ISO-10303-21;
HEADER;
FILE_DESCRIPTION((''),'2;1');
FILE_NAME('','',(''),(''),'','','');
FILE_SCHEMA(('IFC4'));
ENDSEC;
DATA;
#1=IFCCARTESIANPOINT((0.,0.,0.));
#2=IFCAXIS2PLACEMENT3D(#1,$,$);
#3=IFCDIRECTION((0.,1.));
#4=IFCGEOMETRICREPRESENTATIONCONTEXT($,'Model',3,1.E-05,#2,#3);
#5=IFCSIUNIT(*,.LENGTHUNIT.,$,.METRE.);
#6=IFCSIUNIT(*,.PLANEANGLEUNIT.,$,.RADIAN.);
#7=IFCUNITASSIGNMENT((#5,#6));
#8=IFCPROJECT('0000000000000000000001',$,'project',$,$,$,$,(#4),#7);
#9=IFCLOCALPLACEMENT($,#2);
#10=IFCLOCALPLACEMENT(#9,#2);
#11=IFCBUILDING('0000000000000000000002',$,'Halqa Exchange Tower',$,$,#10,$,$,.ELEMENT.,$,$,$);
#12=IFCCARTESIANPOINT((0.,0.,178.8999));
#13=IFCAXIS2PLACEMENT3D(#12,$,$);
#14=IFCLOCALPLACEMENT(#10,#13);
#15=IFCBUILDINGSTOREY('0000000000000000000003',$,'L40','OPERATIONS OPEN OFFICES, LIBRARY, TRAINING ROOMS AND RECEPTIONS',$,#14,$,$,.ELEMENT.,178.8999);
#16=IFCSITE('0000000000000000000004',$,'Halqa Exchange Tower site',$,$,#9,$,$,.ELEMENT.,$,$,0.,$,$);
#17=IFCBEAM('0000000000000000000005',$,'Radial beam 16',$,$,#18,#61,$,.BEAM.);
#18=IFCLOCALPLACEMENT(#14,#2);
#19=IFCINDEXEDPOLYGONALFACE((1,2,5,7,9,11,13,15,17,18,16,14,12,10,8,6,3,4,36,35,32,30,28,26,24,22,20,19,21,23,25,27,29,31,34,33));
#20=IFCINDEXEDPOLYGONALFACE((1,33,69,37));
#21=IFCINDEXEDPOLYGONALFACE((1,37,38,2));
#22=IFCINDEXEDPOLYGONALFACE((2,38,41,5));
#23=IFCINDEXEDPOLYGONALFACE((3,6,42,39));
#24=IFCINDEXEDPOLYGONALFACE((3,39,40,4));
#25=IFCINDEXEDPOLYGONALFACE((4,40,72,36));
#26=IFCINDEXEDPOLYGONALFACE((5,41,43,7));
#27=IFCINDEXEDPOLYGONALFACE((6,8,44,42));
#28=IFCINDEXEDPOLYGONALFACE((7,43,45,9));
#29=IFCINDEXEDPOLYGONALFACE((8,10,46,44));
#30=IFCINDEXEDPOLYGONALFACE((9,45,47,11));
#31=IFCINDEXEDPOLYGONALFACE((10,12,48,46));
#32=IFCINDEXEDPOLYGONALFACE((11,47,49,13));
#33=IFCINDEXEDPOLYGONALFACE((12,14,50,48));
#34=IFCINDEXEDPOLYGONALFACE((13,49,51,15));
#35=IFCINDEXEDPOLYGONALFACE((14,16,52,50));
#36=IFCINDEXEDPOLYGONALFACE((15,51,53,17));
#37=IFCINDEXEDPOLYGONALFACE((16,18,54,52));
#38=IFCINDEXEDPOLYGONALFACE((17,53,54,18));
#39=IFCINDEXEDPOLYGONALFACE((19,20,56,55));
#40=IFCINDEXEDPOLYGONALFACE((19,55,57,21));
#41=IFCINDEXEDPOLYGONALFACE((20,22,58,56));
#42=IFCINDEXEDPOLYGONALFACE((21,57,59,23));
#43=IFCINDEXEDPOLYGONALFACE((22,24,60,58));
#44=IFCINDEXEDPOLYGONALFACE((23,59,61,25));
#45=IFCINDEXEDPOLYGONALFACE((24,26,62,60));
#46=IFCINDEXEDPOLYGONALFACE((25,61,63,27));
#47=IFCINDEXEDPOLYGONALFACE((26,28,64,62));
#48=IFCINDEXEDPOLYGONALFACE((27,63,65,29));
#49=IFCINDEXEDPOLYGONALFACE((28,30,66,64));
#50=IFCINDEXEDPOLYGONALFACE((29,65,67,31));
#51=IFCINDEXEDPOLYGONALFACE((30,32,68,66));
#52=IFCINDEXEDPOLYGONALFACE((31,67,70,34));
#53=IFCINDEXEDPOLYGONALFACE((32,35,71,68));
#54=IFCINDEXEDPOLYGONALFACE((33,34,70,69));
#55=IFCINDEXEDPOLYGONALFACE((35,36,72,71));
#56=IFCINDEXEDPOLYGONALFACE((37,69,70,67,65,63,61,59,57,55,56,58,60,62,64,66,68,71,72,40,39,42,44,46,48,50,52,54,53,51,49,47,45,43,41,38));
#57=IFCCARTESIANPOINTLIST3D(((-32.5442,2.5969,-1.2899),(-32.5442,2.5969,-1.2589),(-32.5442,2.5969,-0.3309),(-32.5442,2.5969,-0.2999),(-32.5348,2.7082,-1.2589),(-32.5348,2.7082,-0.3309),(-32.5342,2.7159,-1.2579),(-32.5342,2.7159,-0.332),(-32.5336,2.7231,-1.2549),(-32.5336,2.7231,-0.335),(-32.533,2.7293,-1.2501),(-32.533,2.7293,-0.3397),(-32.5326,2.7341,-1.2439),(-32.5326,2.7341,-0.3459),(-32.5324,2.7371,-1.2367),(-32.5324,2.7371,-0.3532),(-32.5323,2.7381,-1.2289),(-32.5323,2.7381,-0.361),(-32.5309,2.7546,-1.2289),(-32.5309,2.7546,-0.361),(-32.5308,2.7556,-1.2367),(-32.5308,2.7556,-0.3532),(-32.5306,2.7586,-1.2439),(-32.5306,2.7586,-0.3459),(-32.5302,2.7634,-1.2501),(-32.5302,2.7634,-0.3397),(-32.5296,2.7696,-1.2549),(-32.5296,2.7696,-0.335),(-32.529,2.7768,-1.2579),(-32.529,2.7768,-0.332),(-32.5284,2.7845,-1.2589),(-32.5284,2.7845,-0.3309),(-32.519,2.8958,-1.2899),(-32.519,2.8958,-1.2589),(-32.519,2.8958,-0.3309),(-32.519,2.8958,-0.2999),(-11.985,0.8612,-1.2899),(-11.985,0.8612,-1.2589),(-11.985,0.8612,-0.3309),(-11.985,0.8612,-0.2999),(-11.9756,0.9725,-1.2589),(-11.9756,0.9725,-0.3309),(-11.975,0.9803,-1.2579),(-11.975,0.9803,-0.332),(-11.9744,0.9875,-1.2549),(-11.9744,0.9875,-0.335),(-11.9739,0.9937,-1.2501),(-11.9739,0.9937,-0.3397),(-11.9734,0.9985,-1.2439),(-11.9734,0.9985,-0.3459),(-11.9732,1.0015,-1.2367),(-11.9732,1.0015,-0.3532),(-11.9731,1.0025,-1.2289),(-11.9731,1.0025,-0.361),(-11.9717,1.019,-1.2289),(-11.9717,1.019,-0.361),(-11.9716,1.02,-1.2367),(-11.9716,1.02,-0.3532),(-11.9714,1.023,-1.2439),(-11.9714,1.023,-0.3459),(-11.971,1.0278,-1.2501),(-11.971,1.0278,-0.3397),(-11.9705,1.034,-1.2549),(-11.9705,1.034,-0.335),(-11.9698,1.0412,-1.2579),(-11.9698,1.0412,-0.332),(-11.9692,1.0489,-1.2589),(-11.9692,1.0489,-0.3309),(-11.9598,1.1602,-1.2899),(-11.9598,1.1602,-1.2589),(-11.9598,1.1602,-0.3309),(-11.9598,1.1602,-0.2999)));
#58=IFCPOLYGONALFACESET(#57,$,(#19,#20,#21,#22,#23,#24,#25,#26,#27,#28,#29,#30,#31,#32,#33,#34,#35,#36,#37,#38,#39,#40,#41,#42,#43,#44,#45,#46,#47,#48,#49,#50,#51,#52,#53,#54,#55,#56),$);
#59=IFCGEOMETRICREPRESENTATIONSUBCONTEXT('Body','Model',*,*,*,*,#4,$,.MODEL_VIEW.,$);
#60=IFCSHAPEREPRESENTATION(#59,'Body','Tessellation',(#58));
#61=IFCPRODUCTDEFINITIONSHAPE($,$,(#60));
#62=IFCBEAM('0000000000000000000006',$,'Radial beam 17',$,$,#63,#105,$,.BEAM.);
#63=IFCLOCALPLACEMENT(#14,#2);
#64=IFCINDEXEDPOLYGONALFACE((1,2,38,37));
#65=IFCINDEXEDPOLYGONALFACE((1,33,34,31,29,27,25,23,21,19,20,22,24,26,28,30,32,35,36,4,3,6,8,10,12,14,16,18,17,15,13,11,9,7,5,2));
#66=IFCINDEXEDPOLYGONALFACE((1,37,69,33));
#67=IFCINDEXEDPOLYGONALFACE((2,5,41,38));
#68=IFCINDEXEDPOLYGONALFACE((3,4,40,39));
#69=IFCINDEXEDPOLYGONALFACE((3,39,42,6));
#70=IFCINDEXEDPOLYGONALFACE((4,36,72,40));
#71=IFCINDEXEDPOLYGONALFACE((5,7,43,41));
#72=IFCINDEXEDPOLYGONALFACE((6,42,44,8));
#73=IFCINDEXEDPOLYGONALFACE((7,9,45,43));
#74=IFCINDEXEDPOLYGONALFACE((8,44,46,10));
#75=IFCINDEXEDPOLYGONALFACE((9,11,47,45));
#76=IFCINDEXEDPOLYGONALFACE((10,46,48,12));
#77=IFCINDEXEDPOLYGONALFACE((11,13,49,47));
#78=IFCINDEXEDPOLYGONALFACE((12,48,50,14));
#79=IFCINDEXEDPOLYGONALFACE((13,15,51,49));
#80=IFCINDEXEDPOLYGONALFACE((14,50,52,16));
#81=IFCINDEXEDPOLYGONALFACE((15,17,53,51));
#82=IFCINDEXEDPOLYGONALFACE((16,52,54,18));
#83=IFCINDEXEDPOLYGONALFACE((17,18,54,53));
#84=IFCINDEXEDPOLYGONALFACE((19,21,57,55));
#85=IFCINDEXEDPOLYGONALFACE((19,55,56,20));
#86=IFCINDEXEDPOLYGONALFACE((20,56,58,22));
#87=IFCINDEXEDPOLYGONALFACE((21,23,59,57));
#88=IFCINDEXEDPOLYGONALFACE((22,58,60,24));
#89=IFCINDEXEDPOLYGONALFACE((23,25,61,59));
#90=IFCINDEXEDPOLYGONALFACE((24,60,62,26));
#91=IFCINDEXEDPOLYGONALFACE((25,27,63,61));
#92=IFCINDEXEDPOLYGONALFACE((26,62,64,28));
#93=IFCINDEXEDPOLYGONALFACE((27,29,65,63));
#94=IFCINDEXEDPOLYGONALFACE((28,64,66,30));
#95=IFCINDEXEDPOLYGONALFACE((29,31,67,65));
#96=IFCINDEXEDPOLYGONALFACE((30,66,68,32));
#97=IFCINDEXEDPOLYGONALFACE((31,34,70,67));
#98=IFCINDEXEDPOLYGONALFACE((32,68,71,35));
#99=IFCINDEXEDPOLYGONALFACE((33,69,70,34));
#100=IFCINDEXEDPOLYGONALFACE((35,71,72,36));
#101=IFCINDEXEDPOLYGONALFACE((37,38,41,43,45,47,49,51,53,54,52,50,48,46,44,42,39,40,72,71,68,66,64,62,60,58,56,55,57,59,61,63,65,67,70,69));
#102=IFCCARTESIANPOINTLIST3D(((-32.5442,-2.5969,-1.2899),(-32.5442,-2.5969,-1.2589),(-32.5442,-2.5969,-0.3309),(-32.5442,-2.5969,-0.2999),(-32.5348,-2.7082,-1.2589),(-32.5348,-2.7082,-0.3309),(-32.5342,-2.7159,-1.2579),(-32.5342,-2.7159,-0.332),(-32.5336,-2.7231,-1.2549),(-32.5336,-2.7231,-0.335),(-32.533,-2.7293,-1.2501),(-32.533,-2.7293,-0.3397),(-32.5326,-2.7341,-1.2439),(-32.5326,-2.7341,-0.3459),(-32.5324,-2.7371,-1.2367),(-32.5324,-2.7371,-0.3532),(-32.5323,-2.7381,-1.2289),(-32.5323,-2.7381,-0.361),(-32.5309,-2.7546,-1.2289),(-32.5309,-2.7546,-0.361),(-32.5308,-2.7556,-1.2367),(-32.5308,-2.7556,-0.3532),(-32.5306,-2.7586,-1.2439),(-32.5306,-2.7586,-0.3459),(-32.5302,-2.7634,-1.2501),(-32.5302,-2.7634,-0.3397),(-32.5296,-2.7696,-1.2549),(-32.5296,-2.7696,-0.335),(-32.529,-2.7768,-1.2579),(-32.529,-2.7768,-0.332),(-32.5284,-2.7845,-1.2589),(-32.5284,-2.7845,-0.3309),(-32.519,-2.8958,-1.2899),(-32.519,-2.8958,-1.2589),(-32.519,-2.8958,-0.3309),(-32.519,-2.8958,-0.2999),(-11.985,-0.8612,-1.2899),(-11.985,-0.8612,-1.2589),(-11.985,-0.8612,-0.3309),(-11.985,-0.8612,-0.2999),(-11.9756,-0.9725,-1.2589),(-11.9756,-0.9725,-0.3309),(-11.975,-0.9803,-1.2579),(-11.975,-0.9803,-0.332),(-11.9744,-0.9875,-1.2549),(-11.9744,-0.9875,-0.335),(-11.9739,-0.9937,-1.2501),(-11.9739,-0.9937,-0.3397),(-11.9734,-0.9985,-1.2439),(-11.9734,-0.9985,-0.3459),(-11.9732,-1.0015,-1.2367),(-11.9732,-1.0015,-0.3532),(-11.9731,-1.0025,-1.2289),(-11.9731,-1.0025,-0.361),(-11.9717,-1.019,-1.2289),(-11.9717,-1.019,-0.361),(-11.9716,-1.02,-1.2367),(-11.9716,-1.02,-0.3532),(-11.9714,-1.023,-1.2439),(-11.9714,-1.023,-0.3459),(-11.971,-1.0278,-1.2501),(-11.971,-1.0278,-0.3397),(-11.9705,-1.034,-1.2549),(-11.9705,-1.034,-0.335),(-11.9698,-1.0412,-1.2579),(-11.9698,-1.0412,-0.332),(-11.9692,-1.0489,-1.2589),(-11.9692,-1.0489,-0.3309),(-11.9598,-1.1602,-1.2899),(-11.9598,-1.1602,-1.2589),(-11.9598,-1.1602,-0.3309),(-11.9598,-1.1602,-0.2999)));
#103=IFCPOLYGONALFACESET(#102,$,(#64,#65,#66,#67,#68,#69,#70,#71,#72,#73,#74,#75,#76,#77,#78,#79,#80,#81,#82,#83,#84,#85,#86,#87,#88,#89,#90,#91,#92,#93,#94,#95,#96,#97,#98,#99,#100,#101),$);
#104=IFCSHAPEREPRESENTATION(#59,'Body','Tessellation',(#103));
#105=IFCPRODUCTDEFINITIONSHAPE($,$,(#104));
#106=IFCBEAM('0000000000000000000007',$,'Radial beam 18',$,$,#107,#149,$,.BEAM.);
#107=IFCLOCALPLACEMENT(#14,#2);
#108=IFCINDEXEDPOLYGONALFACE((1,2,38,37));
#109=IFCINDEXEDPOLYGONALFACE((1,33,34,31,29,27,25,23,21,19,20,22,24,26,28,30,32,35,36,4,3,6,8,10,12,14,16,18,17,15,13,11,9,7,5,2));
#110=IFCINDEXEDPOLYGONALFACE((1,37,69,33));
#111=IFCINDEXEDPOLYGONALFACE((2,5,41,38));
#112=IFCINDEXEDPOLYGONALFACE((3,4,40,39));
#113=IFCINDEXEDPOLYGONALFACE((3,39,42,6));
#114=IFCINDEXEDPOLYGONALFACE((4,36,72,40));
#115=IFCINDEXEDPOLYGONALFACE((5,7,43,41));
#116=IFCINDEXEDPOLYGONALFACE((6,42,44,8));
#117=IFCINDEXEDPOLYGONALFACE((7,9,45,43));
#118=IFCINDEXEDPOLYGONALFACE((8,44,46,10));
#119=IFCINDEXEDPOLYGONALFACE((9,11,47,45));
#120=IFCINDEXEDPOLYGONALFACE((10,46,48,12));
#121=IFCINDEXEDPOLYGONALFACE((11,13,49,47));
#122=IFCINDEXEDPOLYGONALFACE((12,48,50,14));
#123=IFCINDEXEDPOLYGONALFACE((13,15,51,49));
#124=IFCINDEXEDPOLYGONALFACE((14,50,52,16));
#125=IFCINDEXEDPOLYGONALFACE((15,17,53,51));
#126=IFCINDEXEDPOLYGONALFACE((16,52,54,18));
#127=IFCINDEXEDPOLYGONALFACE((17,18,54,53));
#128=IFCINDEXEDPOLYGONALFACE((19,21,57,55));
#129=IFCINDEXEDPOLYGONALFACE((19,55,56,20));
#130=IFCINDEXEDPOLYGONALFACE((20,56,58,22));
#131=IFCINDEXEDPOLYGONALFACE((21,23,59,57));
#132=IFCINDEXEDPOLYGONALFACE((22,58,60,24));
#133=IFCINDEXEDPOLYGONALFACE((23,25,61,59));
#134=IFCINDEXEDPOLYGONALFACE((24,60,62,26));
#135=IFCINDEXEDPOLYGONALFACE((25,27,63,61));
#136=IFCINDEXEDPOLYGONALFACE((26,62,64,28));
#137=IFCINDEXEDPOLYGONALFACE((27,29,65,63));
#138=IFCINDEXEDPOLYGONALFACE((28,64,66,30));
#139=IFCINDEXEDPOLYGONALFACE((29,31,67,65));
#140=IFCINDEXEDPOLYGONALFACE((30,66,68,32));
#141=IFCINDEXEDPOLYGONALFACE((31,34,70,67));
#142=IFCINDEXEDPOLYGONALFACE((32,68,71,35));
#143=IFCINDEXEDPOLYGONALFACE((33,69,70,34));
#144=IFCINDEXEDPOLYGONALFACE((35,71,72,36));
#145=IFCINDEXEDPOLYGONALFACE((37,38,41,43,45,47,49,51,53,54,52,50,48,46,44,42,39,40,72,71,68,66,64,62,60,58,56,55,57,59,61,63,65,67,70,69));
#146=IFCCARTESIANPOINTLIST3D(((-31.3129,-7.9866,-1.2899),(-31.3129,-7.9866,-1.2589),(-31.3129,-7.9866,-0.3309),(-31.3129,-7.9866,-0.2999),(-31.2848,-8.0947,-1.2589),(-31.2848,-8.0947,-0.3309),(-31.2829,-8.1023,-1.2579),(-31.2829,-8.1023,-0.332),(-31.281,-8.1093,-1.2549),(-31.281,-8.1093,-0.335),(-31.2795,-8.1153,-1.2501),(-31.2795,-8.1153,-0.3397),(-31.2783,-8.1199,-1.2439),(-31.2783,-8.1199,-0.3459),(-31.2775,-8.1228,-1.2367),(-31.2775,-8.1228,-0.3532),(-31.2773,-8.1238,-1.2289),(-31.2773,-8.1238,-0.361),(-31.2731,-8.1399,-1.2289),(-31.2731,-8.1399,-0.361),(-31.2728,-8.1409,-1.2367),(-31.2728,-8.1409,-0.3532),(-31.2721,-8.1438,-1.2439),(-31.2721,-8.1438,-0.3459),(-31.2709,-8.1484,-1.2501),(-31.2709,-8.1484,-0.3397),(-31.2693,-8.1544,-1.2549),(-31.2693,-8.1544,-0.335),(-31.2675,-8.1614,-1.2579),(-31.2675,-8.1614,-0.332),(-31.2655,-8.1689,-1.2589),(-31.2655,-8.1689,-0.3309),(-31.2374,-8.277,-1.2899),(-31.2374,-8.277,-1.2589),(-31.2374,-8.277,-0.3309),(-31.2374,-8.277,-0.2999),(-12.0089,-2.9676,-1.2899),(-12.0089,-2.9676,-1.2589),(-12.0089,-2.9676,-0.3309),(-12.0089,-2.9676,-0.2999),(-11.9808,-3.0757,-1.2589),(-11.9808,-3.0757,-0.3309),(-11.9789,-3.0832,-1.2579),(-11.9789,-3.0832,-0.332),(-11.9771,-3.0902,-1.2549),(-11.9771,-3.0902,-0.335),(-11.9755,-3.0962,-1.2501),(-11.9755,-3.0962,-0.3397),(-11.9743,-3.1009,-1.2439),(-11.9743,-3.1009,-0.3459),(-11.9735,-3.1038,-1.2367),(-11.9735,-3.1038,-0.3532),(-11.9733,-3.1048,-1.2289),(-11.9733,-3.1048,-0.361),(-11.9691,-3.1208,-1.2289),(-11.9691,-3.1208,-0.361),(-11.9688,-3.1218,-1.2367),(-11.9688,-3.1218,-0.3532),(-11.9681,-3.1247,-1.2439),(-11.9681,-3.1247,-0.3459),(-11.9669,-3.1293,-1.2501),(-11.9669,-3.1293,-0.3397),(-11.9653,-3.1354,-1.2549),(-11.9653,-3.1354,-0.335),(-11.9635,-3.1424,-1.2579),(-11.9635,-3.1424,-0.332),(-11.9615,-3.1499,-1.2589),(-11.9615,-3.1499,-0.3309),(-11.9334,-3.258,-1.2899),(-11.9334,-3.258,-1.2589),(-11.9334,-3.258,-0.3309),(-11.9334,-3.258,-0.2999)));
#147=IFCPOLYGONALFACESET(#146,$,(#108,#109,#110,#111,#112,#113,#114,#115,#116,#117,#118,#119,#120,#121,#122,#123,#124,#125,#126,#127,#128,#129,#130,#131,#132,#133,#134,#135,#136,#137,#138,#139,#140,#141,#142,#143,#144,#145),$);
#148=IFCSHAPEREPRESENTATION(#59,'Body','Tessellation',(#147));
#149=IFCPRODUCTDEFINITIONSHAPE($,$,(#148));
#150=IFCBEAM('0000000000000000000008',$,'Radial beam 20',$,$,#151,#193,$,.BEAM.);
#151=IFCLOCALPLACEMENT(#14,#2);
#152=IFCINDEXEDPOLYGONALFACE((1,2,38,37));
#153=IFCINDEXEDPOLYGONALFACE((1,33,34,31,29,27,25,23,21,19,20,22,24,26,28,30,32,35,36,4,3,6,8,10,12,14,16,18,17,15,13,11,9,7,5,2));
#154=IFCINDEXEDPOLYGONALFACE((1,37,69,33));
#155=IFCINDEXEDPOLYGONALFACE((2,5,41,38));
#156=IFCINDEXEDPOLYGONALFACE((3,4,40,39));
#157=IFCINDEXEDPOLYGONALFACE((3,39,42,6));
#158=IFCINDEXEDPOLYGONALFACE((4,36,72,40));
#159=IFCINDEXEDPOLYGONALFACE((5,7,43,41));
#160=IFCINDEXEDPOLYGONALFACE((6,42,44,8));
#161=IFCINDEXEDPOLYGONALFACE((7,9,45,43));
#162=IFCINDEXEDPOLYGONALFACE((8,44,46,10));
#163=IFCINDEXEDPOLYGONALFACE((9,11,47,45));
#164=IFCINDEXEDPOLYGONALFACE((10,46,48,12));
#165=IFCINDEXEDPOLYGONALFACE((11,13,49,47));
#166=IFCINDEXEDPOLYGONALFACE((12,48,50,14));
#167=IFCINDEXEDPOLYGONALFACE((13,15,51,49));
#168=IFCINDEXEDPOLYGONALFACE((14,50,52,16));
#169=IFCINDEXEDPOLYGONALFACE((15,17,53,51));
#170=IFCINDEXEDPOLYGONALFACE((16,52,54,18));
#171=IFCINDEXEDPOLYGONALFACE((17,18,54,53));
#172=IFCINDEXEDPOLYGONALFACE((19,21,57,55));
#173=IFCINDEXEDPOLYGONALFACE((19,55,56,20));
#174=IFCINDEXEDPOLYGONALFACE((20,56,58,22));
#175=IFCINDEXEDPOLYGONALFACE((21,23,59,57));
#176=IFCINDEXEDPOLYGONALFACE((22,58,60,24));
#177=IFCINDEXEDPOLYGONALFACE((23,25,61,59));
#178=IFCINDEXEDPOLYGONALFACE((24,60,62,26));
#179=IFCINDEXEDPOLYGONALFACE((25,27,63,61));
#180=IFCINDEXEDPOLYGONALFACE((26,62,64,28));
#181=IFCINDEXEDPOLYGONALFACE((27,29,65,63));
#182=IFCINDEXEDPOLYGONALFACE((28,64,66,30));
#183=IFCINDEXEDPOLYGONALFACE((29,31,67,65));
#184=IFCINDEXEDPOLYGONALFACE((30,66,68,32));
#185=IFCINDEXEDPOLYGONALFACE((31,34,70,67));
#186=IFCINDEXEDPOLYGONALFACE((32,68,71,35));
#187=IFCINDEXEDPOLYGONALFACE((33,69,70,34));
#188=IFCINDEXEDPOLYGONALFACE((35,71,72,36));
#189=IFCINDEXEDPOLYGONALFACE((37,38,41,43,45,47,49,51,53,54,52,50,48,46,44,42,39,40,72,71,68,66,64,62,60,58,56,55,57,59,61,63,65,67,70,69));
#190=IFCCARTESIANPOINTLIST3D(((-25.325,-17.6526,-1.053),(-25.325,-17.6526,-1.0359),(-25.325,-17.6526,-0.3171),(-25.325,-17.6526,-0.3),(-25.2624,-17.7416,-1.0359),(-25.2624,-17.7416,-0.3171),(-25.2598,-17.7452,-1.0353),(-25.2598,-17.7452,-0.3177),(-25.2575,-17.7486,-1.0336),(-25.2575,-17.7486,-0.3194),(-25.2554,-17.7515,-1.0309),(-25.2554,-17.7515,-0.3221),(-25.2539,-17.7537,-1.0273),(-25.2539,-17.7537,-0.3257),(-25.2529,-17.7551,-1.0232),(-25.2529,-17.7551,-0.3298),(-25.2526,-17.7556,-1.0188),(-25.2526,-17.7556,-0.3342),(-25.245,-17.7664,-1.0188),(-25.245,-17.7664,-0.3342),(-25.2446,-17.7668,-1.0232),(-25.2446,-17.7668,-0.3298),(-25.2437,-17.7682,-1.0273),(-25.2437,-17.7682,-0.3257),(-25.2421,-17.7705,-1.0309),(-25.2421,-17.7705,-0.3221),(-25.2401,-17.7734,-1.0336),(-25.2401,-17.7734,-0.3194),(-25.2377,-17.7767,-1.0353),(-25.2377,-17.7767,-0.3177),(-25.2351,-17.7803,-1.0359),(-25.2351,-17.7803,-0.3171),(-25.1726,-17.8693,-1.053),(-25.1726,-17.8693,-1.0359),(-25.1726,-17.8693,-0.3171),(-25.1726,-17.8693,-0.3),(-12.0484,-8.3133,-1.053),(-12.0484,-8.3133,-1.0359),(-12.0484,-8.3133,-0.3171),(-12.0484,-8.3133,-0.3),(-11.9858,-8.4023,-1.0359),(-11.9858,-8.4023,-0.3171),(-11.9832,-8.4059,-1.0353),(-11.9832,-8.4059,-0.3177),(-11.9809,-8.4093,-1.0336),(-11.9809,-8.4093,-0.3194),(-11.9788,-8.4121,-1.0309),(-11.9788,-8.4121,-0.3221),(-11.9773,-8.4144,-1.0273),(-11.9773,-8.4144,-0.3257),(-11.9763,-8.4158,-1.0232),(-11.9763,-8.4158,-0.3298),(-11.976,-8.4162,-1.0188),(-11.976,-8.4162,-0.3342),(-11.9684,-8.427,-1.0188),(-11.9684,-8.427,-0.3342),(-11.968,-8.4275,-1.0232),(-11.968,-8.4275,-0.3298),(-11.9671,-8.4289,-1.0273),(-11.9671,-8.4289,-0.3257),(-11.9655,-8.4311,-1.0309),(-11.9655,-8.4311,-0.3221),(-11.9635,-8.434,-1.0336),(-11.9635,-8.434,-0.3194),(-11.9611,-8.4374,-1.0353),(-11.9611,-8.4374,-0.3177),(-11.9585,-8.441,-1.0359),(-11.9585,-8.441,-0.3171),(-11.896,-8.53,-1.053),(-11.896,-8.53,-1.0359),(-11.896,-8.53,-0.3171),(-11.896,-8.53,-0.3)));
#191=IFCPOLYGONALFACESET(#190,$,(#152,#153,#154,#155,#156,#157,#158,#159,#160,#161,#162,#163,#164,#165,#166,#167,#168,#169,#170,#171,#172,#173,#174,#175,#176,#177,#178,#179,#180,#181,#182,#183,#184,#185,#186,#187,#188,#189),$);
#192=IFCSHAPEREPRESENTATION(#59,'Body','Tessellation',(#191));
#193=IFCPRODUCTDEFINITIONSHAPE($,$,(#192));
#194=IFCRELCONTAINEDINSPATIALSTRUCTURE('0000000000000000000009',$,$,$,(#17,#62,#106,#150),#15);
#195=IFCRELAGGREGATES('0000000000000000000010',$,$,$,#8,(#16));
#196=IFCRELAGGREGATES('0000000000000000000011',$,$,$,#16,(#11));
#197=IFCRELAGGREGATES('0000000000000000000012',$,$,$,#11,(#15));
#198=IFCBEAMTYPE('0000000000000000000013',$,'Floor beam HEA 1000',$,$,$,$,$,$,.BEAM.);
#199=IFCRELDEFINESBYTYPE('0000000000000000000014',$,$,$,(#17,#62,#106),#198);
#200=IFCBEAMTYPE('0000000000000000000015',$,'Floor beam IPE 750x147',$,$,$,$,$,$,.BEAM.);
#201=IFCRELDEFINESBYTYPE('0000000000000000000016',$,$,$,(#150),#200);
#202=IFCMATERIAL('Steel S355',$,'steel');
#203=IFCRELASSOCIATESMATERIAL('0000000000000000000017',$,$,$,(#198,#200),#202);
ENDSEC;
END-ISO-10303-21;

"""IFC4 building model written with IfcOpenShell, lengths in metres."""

from ifc_helpers import new_model, si_unit, direction, frame, origin, origin_2d, place, context, subcontext, project, spatial, i_section, extrude, material, material_profile, profile_set, type_object, element, save


model = new_model("IFC4")

# Units and contexts
model_context = context("Model", 3, precision=1e-05, world=origin(), true_north=direction((0.0, 1.0)))
body_context = subcontext(model_context, "Body", "Model", "MODEL_VIEW")
ifc_project = project(units=[si_unit("LENGTHUNIT", "METRE"), si_unit("PLANEANGLEUNIT", "RADIAN")], contexts=[model_context])

# Site, building, storey
site_placement = place(None, origin())
site = spatial("IfcSite", under=ifc_project, at=site_placement, Name="Halqa Exchange Tower site", CompositionType="ELEMENT", RefElevation=0.0)
building_placement = place(site_placement, origin())
building = spatial("IfcBuilding", under=site, at=building_placement, Name="Halqa Exchange Tower", CompositionType="ELEMENT")
storey_placement = place(building_placement, frame((0.0, 0.0, 178.8999)))
storey = spatial("IfcBuildingStorey", under=building, at=storey_placement, Name="L40", Description="OPERATIONS OPEN OFFICES, LIBRARY, TRAINING ROOMS AND RECEPTIONS", CompositionType="ELEMENT", Elevation=178.8999)

# Beams
ifc_material_1 = material(Name="Steel S355", Category="steel")
ifc_material_profile_1 = material_profile(ifc_material_1, i_section(OverallWidth=0.3, OverallDepth=0.99, WebThickness=0.0166, FlangeThickness=0.031, FilletRadius=0.03, at=origin_2d()), Name="HEA 1000")
ifc_profile_set_1 = profile_set([ifc_material_profile_1], Name="Steel S355")
beam_type_1 = type_object("IfcBeamType", Name="Floor beam HEA 1000", PredefinedType="BEAM", material=ifc_profile_set_1)
for number, where, z_axis, x_axis, name in (
    (1, (-11.9724, 1.0107, -0.7949), (-0.996456, 0.084121, 0.0), (-0.084121, -0.996456, 0.0), "Radial beam 16"),
    (2, (-11.9724, -1.0107, -0.7949), (-0.996456, -0.084121, 0.0), (0.084121, -0.996456, 0.0), "Radial beam 17"),
):
    element("IfcBeam", number, at=place(storey_placement, frame(where, z_axis=z_axis, x_axis=x_axis)), inside=storey, type_object=beam_type_1, Name=name, PredefinedType="BEAM", context=body_context, shape_type="SweptSolid", body=[
        extrude(i_section(OverallWidth=0.3, OverallDepth=0.99, WebThickness=0.0166, FlangeThickness=0.031, FilletRadius=0.03, at=origin_2d()), origin(), (0.0, 0.0, 1.0), 20.6323),
    ])
beam_1_placement = place(storey_placement, frame((-11.9712, -3.1128, -0.7949), z_axis=(-0.967822, -0.251635, 0.0), x_axis=(0.251635, -0.967822, 0.0)))
element("IfcBeam", 3, at=beam_1_placement, inside=storey, type_object=beam_type_1, Name="Radial beam 18", PredefinedType="BEAM", context=body_context, shape_type="SweptSolid", body=[
    extrude(i_section(OverallWidth=0.3, OverallDepth=0.99, WebThickness=0.0166, FlangeThickness=0.031, FilletRadius=0.03, at=origin_2d()), origin(), (0.0, 0.0, 1.0), 19.9458),
])
ifc_material_profile_2 = material_profile(ifc_material_1, i_section(OverallWidth=0.2649, OverallDepth=0.7529, WebThickness=0.0132, FlangeThickness=0.0171, FilletRadius=0.0171, at=origin_2d()), Name="IPE 750x147")
ifc_profile_set_2 = profile_set([ifc_material_profile_2], Name="Steel S355")
beam_type_2 = type_object("IfcBeamType", Name="Floor beam IPE 750x147", PredefinedType="BEAM", material=ifc_profile_set_2)
beam_2_placement = place(storey_placement, frame((-11.9722, -8.4216, -0.6765), z_axis=(-0.817906, -0.575351, 0.0), x_axis=(0.575351, -0.817906, 0.0)))
element("IfcBeam", 4, at=beam_2_placement, inside=storey, type_object=beam_type_2, Name="Radial beam 20", PredefinedType="BEAM", context=body_context, shape_type="SweptSolid", body=[
    extrude(i_section(OverallWidth=0.2649, OverallDepth=0.7529, WebThickness=0.0132, FlangeThickness=0.0171, FilletRadius=0.0171, at=origin_2d()), origin(), (0.0, 0.0, 1.0), 16.2324),
])

save(model, "model.ifc")
